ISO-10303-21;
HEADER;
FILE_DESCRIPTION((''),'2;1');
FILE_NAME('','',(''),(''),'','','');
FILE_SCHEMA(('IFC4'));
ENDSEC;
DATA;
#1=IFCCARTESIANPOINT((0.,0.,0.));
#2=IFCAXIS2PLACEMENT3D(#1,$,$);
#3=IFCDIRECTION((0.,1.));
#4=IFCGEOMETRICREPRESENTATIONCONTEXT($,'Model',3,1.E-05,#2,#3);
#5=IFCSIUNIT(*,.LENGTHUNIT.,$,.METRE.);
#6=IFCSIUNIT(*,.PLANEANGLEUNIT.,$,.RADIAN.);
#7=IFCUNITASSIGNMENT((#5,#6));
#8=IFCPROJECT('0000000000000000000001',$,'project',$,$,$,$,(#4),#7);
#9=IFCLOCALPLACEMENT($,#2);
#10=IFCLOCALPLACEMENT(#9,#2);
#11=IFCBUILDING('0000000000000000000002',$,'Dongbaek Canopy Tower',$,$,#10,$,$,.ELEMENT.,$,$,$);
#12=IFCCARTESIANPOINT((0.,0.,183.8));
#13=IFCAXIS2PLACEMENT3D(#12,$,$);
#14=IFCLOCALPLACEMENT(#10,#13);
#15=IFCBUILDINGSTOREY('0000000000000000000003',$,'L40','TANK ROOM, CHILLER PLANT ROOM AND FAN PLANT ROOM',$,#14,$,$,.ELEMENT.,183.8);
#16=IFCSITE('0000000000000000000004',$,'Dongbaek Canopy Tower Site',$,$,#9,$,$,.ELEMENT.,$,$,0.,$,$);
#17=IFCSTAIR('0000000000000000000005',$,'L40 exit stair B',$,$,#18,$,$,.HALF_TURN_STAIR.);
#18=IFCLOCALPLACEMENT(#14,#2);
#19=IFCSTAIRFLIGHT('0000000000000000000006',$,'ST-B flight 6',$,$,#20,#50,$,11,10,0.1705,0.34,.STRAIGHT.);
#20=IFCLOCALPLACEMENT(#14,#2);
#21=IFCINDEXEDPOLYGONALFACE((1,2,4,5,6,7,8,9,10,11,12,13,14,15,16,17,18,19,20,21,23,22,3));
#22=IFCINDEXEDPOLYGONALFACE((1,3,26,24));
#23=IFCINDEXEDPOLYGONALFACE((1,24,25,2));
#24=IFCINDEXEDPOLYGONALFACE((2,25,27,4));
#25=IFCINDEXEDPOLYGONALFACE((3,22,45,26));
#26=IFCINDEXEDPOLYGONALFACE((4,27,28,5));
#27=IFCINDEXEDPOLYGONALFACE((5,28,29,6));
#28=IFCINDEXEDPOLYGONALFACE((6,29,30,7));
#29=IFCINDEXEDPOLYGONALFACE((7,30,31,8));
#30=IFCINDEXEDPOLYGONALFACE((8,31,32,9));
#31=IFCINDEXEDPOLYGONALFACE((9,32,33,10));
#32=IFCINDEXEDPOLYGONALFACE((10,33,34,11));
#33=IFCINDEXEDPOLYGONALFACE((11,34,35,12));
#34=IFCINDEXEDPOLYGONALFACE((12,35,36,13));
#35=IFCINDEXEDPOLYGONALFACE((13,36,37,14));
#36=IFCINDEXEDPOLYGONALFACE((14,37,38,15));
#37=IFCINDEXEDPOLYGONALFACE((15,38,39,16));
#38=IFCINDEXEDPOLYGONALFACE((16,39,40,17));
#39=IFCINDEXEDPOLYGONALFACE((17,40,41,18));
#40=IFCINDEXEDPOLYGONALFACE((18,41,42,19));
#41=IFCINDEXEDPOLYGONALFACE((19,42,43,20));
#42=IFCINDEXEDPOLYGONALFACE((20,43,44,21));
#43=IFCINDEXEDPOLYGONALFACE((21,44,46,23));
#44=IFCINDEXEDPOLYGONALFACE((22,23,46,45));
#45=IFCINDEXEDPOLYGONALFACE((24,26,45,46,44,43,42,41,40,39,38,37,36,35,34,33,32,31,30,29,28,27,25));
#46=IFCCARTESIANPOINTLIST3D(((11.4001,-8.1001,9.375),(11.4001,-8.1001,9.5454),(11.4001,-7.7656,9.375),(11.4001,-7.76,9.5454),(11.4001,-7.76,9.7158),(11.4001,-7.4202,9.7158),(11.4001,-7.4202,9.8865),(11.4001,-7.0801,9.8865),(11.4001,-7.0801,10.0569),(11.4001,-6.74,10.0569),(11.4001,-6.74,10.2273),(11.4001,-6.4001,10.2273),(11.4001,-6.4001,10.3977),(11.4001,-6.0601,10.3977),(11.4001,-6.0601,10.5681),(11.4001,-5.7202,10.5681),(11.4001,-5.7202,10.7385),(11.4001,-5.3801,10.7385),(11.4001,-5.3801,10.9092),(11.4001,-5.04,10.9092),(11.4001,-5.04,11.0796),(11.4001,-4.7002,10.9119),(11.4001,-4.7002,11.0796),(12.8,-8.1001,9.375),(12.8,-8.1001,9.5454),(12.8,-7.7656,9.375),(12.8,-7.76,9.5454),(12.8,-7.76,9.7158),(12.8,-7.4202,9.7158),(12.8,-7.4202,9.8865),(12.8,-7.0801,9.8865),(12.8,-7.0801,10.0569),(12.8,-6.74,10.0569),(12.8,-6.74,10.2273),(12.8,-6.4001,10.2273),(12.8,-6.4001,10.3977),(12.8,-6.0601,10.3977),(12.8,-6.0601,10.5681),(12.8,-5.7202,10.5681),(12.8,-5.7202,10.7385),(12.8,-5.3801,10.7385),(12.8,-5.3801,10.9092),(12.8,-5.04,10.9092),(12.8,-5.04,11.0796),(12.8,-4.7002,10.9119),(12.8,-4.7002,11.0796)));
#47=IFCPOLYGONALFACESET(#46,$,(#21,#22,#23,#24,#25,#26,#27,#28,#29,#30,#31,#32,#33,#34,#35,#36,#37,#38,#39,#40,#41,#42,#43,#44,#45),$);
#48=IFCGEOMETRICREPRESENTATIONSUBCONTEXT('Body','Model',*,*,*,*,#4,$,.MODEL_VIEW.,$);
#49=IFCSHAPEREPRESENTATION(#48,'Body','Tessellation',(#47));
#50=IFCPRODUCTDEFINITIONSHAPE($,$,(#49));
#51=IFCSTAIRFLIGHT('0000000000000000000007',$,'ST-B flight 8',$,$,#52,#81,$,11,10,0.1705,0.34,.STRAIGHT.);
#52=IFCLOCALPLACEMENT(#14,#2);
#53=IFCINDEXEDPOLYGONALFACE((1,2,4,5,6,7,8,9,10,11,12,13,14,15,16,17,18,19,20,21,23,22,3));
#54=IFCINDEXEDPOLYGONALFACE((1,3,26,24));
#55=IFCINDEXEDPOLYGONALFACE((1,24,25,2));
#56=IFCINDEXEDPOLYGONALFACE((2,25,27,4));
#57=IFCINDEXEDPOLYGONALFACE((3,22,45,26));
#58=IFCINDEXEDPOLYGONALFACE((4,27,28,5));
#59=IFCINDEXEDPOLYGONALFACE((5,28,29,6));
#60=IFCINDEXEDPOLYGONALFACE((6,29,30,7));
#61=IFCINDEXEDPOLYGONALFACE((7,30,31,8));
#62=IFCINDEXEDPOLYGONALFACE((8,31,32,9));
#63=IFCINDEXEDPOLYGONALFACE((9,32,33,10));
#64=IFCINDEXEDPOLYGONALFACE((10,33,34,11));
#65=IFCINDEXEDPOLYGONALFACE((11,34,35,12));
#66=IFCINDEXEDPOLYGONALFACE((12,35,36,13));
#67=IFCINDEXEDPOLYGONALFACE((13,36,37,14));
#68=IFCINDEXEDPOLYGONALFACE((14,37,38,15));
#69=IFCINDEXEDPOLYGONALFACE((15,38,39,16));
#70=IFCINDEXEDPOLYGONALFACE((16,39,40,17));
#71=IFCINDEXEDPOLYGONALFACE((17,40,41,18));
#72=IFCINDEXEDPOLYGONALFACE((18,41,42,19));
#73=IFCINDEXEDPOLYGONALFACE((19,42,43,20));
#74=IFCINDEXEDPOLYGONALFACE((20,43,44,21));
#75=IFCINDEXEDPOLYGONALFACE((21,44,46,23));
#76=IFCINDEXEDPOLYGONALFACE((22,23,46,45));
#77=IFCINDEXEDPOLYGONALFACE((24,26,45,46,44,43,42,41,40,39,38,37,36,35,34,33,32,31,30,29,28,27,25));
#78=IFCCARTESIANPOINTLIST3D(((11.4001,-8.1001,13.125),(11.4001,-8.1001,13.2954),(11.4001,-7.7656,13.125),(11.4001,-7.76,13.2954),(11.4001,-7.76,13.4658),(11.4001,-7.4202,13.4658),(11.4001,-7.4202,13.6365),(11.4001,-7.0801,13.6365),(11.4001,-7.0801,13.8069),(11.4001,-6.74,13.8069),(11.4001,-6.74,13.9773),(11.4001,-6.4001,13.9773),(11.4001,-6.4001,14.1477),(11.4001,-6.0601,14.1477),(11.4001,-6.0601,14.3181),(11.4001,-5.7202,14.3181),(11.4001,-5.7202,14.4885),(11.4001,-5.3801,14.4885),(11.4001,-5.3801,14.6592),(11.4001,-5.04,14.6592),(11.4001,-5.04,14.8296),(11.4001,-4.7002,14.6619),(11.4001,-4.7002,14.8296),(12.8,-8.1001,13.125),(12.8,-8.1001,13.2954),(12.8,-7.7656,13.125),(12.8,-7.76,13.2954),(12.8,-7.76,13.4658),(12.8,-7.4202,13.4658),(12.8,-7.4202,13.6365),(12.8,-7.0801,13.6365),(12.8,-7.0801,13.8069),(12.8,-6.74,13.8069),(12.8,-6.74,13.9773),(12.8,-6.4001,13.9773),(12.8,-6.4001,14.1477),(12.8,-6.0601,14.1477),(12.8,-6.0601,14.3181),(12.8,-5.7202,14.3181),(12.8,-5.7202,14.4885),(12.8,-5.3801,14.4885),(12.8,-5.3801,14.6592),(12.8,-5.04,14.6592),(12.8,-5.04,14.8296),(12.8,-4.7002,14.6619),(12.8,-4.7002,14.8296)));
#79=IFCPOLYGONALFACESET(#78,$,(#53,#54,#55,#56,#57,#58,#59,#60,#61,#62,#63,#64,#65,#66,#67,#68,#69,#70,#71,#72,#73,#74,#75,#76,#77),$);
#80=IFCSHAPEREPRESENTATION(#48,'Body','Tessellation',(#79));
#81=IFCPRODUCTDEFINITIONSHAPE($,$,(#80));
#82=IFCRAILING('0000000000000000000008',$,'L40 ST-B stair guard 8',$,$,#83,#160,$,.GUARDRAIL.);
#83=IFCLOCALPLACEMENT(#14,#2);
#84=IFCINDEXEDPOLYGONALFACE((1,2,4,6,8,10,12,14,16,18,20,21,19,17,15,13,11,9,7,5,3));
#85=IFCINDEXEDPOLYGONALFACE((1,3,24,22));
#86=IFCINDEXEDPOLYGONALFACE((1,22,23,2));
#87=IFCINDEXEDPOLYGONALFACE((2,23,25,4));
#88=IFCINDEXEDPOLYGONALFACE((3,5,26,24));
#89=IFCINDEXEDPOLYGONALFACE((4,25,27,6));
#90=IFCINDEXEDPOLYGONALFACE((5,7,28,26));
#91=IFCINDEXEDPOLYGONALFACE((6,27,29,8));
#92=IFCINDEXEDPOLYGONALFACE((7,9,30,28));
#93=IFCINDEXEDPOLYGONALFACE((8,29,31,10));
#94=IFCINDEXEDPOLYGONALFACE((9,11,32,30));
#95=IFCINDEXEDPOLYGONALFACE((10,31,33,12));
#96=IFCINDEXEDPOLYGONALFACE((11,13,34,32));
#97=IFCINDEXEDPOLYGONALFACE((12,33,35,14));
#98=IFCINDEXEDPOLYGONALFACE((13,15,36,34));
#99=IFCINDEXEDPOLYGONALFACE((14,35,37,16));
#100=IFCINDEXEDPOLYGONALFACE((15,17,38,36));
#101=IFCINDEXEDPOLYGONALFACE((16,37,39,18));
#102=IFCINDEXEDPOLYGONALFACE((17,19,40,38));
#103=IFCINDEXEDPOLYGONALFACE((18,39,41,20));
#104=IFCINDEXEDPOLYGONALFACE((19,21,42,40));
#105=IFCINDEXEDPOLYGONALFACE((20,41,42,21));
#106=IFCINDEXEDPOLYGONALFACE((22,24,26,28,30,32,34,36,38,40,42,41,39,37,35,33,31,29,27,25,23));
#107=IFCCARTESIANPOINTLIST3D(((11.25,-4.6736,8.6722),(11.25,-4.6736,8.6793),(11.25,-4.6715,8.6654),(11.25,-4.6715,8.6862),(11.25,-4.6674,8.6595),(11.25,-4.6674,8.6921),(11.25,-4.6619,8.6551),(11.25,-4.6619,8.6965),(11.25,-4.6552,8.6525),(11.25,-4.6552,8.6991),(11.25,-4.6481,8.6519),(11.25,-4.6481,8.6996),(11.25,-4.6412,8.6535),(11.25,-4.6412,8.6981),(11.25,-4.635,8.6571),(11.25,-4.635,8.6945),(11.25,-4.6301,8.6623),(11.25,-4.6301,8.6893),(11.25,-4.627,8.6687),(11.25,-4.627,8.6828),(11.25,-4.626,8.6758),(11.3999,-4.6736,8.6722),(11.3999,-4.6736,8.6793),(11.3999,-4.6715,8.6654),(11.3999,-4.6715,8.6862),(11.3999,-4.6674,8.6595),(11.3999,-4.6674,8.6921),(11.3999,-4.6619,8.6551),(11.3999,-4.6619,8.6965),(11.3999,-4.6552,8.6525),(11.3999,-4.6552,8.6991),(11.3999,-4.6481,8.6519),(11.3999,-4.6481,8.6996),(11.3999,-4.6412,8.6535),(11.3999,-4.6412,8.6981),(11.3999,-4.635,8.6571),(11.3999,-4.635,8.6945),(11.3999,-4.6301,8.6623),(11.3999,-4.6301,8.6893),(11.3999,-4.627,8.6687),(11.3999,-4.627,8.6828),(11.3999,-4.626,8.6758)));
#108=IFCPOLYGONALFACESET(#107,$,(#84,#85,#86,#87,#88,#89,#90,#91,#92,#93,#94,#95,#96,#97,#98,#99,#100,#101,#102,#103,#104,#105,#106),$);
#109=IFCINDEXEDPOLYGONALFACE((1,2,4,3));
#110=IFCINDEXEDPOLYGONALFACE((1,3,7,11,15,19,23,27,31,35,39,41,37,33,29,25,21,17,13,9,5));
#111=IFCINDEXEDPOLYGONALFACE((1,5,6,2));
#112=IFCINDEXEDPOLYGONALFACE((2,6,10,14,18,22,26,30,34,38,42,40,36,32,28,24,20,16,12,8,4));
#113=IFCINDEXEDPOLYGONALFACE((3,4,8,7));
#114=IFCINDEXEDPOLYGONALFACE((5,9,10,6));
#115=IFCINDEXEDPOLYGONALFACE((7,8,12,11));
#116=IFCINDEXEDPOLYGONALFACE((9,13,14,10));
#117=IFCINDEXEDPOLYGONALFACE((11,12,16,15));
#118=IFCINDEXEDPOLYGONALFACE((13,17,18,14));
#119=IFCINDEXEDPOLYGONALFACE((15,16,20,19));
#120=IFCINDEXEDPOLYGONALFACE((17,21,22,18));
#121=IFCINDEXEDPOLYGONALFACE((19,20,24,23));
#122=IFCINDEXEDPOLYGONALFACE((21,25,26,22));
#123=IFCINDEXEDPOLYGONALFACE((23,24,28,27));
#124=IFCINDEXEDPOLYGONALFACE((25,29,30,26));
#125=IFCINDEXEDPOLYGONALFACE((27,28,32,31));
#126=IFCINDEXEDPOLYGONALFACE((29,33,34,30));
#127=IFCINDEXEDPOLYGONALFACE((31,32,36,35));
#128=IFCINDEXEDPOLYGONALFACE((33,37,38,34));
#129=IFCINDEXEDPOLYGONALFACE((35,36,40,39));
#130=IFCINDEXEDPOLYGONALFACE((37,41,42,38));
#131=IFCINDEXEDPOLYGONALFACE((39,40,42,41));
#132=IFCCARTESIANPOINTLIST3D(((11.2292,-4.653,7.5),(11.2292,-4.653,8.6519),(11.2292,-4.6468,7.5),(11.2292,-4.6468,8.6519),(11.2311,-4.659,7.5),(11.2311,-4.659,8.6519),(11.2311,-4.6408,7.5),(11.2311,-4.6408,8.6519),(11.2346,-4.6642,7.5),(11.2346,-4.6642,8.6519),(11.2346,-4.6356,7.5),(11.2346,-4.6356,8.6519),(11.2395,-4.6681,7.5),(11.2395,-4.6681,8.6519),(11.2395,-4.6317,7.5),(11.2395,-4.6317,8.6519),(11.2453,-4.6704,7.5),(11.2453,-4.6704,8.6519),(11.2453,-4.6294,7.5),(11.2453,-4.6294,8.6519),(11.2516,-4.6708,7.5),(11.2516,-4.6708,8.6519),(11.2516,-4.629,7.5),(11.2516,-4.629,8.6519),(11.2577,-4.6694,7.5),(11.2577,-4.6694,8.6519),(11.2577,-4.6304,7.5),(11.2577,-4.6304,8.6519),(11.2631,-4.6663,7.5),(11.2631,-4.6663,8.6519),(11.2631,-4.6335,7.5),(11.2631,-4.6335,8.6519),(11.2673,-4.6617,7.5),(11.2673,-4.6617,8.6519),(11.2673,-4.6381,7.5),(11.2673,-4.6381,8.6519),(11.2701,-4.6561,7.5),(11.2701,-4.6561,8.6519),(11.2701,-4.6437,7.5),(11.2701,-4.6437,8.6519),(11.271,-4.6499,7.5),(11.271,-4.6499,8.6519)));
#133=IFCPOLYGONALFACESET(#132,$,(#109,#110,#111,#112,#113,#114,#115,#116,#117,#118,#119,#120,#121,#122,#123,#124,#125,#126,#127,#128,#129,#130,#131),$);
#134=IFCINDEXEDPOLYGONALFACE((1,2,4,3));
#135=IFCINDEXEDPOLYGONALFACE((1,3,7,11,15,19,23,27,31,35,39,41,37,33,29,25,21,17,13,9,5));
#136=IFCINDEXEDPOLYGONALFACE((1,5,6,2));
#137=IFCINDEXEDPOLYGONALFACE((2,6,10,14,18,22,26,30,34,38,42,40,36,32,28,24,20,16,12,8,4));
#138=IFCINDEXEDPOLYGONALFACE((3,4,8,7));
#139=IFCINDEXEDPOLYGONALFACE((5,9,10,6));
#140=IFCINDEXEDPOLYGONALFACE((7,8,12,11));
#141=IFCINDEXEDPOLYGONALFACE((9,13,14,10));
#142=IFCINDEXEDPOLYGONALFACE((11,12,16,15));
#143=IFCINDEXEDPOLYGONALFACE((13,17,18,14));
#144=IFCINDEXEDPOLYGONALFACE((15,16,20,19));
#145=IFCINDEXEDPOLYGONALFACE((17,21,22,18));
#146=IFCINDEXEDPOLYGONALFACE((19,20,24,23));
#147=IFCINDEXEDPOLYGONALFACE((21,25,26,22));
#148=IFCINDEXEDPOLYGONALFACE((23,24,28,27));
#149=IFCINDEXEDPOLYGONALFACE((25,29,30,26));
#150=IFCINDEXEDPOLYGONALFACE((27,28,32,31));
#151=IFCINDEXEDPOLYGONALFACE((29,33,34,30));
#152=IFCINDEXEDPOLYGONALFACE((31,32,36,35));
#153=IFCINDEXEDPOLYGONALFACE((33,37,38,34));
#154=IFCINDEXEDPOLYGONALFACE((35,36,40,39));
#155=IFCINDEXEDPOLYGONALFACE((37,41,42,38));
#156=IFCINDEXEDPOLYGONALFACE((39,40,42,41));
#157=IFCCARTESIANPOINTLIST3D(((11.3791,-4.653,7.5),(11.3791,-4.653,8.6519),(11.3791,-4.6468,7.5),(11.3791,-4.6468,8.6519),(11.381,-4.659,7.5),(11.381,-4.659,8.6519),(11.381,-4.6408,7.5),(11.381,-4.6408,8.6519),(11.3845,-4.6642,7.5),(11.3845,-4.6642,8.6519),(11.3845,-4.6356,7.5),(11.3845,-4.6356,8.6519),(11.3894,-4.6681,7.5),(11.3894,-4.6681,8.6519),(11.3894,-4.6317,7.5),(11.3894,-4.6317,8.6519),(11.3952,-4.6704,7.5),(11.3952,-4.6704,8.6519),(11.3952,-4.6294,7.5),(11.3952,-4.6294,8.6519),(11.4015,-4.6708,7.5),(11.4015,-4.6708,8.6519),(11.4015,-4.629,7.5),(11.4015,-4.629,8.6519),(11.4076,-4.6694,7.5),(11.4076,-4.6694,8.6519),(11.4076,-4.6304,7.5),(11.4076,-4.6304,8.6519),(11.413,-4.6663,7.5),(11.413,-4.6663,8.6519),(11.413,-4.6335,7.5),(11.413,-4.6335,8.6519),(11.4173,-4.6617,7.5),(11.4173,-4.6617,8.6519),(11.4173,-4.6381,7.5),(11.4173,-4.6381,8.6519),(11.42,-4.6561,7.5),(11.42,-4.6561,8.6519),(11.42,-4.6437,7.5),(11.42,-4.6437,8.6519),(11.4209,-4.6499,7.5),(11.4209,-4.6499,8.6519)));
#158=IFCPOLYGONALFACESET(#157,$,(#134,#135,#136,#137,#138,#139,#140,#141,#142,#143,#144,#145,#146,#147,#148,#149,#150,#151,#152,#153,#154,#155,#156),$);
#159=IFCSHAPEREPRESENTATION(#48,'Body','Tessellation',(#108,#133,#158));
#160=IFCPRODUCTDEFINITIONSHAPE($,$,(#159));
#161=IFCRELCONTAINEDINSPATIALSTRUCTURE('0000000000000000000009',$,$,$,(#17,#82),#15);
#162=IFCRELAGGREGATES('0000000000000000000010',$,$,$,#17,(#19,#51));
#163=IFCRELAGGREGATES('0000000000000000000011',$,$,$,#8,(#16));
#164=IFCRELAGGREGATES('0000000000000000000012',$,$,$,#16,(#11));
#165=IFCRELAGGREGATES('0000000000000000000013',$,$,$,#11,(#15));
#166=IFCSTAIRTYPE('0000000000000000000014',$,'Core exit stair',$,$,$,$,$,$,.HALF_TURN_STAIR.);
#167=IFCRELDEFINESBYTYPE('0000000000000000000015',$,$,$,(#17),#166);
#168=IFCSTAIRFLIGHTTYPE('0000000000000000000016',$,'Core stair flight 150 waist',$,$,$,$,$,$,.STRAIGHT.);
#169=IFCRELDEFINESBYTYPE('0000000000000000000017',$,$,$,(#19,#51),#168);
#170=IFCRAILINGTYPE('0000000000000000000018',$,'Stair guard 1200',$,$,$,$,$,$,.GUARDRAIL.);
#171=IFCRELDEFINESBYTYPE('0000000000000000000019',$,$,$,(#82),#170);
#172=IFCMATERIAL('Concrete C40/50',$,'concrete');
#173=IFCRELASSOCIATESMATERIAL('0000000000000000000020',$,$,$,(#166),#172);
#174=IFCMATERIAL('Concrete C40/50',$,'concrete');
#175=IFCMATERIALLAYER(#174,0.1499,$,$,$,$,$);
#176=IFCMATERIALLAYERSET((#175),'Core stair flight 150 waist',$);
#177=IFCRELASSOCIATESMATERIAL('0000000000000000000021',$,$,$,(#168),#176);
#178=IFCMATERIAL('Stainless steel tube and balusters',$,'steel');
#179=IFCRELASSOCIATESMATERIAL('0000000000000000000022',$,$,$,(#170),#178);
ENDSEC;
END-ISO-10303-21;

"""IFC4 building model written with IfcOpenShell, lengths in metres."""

from ifc_helpers import new_model, si_unit, direction, frame, origin, origin_2d, place, context, subcontext, project, spatial, polyline, circle, outline, extrude, material, layer, layer_set, type_object, element, aggregate, save


model = new_model("IFC4")

# Units and contexts
model_context = context("Model", 3, precision=1e-05, world=origin(), true_north=direction((0.0, 1.0)))
body_context = subcontext(model_context, "Body", "Model", "MODEL_VIEW")
ifc_project = project(units=[si_unit("LENGTHUNIT", "METRE"), si_unit("PLANEANGLEUNIT", "RADIAN")], contexts=[model_context])

# Site, building, storey
site_placement = place(None, origin())
site = spatial("IfcSite", under=ifc_project, at=site_placement, Name="Dongbaek Canopy Tower Site", CompositionType="ELEMENT", RefElevation=0.0)
building_placement = place(site_placement, origin())
building = spatial("IfcBuilding", under=site, at=building_placement, Name="Dongbaek Canopy Tower", CompositionType="ELEMENT")
storey_placement = place(building_placement, frame((0.0, 0.0, 183.8)))
storey = spatial("IfcBuildingStorey", under=building, at=storey_placement, Name="L40", Description="TANK ROOM, CHILLER PLANT ROOM AND FAN PLANT ROOM", CompositionType="ELEMENT", Elevation=183.8)

# Stair, stair flights
ifc_material_1 = material(Name="Concrete C40/50", Category="concrete")
stair_type = type_object("IfcStairType", Name="Core exit stair", PredefinedType="HALF_TURN_STAIR", material=ifc_material_1)
stair_placement = place(storey_placement, origin())
stair = element("IfcStair", 1, at=stair_placement, inside=storey, type_object=stair_type, Name="L40 exit stair B", PredefinedType="HALF_TURN_STAIR")
ifc_material_2 = material(Name="Concrete C40/50", Category="concrete")
ifc_layer = layer(ifc_material_2, 0.1499)
ifc_layer_set = layer_set([ifc_layer], Name="Core stair flight 150 waist")
stair_flight_type = type_object("IfcStairFlightType", Name="Core stair flight 150 waist", PredefinedType="STRAIGHT", material=ifc_layer_set)
stair_flight_1_placement = place(storey_placement, frame((12.1001, -8.1001, 9.375), z_axis=(0.0, 0.0, 1.0), x_axis=(0.0, 1.0, 0.0)))
stair_flight_1 = element("IfcStairFlight", 2, at=stair_flight_1_placement, type_object=stair_flight_type, Name="ST-B flight 6", NumberOfRisers=11, NumberOfTreads=10, PredefinedType="STRAIGHT", RiserHeight=0.1705, TreadLength=0.34, context=body_context, shape_type="SweptSolid", body=[
    extrude(outline(polyline([(0.0, 0.0), (0.0, 0.1704), (0.3401, 0.1704), (0.3401, 0.3408), (0.6799, 0.3408), (0.6799, 0.5115), (1.02, 0.5115), (1.02, 0.6819), (1.3601, 0.6819), (1.3601, 0.8523), (1.7, 0.8523), (1.7, 1.0227), (2.04, 1.0227), (2.04, 1.1931), (2.3799, 1.1931), (2.3799, 1.3635), (2.72, 1.3635), (2.72, 1.5342), (3.0601, 1.5342), (3.0601, 1.7046), (3.3999, 1.7046), (3.3999, 1.875), (3.3999, 1.5369), (0.3345, 0.0), (0.0, 0.0)])), frame((0.0, 0.7, 0.0), z_axis=(0.0, -1.0, 0.0), x_axis=(1.0, 0.0, 0.0)), (0.0, 0.0, 1.0), 1.3999),
])
stair_flight_2_placement = place(storey_placement, frame((12.1001, -8.1001, 13.125), z_axis=(0.0, 0.0, 1.0), x_axis=(0.0, 1.0, 0.0)))
stair_flight_2 = element("IfcStairFlight", 3, at=stair_flight_2_placement, type_object=stair_flight_type, Name="ST-B flight 8", NumberOfRisers=11, NumberOfTreads=10, PredefinedType="STRAIGHT", RiserHeight=0.1705, TreadLength=0.34, context=body_context, shape_type="SweptSolid", body=[
    extrude(outline(polyline([(0.0, 0.0), (0.0, 0.1704), (0.3401, 0.1704), (0.3401, 0.3408), (0.6799, 0.3408), (0.6799, 0.5115), (1.02, 0.5115), (1.02, 0.6819), (1.3601, 0.6819), (1.3601, 0.8523), (1.7, 0.8523), (1.7, 1.0227), (2.04, 1.0227), (2.04, 1.1931), (2.3799, 1.1931), (2.3799, 1.3635), (2.72, 1.3635), (2.72, 1.5342), (3.0601, 1.5342), (3.0601, 1.7046), (3.3999, 1.7046), (3.3999, 1.875), (3.3999, 1.5369), (0.3345, 0.0), (0.0, 0.0)])), frame((0.0, 0.7, 0.0), z_axis=(0.0, -1.0, 0.0), x_axis=(1.0, 0.0, 0.0)), (0.0, 0.0, 1.0), 1.3999),
])
aggregate(stair, [stair_flight_1, stair_flight_2])

# Railing
ifc_material_3 = material(Name="Stainless steel tube and balusters", Category="steel")
railing_type_1 = type_object("IfcRailingType", Name="Stair guard 1200", PredefinedType="GUARDRAIL", material=ifc_material_3)
for number, where, name in (
    (4, (11.25, -4.6499, 7.5), "L40 ST-B stair guard 8"),
):
    element("IfcRailing", number, at=place(storey_placement, frame(where)), inside=storey, type_object=railing_type_1, Name=name, PredefinedType="GUARDRAIL", context=body_context, shape_type="SweptSolid", body=[
        extrude(circle(Radius=0.0239, at=origin_2d()), frame((0.0, 0.0, 1.1758), z_axis=(1.0, 0.0, 0.0), x_axis=(0.0, 1.0, 0.0)), (0.0, 0.0, 1.0), 0.1499),
        extrude(circle(Radius=0.021, at=origin_2d()), origin(), (0.0, 0.0, 1.0), 1.1519),
        extrude(circle(Radius=0.021, at=origin_2d()), frame((0.1499, 0.0, 0.0)), (0.0, 0.0, 1.0), 1.1519),
    ])

save(model, "model.ifc")
